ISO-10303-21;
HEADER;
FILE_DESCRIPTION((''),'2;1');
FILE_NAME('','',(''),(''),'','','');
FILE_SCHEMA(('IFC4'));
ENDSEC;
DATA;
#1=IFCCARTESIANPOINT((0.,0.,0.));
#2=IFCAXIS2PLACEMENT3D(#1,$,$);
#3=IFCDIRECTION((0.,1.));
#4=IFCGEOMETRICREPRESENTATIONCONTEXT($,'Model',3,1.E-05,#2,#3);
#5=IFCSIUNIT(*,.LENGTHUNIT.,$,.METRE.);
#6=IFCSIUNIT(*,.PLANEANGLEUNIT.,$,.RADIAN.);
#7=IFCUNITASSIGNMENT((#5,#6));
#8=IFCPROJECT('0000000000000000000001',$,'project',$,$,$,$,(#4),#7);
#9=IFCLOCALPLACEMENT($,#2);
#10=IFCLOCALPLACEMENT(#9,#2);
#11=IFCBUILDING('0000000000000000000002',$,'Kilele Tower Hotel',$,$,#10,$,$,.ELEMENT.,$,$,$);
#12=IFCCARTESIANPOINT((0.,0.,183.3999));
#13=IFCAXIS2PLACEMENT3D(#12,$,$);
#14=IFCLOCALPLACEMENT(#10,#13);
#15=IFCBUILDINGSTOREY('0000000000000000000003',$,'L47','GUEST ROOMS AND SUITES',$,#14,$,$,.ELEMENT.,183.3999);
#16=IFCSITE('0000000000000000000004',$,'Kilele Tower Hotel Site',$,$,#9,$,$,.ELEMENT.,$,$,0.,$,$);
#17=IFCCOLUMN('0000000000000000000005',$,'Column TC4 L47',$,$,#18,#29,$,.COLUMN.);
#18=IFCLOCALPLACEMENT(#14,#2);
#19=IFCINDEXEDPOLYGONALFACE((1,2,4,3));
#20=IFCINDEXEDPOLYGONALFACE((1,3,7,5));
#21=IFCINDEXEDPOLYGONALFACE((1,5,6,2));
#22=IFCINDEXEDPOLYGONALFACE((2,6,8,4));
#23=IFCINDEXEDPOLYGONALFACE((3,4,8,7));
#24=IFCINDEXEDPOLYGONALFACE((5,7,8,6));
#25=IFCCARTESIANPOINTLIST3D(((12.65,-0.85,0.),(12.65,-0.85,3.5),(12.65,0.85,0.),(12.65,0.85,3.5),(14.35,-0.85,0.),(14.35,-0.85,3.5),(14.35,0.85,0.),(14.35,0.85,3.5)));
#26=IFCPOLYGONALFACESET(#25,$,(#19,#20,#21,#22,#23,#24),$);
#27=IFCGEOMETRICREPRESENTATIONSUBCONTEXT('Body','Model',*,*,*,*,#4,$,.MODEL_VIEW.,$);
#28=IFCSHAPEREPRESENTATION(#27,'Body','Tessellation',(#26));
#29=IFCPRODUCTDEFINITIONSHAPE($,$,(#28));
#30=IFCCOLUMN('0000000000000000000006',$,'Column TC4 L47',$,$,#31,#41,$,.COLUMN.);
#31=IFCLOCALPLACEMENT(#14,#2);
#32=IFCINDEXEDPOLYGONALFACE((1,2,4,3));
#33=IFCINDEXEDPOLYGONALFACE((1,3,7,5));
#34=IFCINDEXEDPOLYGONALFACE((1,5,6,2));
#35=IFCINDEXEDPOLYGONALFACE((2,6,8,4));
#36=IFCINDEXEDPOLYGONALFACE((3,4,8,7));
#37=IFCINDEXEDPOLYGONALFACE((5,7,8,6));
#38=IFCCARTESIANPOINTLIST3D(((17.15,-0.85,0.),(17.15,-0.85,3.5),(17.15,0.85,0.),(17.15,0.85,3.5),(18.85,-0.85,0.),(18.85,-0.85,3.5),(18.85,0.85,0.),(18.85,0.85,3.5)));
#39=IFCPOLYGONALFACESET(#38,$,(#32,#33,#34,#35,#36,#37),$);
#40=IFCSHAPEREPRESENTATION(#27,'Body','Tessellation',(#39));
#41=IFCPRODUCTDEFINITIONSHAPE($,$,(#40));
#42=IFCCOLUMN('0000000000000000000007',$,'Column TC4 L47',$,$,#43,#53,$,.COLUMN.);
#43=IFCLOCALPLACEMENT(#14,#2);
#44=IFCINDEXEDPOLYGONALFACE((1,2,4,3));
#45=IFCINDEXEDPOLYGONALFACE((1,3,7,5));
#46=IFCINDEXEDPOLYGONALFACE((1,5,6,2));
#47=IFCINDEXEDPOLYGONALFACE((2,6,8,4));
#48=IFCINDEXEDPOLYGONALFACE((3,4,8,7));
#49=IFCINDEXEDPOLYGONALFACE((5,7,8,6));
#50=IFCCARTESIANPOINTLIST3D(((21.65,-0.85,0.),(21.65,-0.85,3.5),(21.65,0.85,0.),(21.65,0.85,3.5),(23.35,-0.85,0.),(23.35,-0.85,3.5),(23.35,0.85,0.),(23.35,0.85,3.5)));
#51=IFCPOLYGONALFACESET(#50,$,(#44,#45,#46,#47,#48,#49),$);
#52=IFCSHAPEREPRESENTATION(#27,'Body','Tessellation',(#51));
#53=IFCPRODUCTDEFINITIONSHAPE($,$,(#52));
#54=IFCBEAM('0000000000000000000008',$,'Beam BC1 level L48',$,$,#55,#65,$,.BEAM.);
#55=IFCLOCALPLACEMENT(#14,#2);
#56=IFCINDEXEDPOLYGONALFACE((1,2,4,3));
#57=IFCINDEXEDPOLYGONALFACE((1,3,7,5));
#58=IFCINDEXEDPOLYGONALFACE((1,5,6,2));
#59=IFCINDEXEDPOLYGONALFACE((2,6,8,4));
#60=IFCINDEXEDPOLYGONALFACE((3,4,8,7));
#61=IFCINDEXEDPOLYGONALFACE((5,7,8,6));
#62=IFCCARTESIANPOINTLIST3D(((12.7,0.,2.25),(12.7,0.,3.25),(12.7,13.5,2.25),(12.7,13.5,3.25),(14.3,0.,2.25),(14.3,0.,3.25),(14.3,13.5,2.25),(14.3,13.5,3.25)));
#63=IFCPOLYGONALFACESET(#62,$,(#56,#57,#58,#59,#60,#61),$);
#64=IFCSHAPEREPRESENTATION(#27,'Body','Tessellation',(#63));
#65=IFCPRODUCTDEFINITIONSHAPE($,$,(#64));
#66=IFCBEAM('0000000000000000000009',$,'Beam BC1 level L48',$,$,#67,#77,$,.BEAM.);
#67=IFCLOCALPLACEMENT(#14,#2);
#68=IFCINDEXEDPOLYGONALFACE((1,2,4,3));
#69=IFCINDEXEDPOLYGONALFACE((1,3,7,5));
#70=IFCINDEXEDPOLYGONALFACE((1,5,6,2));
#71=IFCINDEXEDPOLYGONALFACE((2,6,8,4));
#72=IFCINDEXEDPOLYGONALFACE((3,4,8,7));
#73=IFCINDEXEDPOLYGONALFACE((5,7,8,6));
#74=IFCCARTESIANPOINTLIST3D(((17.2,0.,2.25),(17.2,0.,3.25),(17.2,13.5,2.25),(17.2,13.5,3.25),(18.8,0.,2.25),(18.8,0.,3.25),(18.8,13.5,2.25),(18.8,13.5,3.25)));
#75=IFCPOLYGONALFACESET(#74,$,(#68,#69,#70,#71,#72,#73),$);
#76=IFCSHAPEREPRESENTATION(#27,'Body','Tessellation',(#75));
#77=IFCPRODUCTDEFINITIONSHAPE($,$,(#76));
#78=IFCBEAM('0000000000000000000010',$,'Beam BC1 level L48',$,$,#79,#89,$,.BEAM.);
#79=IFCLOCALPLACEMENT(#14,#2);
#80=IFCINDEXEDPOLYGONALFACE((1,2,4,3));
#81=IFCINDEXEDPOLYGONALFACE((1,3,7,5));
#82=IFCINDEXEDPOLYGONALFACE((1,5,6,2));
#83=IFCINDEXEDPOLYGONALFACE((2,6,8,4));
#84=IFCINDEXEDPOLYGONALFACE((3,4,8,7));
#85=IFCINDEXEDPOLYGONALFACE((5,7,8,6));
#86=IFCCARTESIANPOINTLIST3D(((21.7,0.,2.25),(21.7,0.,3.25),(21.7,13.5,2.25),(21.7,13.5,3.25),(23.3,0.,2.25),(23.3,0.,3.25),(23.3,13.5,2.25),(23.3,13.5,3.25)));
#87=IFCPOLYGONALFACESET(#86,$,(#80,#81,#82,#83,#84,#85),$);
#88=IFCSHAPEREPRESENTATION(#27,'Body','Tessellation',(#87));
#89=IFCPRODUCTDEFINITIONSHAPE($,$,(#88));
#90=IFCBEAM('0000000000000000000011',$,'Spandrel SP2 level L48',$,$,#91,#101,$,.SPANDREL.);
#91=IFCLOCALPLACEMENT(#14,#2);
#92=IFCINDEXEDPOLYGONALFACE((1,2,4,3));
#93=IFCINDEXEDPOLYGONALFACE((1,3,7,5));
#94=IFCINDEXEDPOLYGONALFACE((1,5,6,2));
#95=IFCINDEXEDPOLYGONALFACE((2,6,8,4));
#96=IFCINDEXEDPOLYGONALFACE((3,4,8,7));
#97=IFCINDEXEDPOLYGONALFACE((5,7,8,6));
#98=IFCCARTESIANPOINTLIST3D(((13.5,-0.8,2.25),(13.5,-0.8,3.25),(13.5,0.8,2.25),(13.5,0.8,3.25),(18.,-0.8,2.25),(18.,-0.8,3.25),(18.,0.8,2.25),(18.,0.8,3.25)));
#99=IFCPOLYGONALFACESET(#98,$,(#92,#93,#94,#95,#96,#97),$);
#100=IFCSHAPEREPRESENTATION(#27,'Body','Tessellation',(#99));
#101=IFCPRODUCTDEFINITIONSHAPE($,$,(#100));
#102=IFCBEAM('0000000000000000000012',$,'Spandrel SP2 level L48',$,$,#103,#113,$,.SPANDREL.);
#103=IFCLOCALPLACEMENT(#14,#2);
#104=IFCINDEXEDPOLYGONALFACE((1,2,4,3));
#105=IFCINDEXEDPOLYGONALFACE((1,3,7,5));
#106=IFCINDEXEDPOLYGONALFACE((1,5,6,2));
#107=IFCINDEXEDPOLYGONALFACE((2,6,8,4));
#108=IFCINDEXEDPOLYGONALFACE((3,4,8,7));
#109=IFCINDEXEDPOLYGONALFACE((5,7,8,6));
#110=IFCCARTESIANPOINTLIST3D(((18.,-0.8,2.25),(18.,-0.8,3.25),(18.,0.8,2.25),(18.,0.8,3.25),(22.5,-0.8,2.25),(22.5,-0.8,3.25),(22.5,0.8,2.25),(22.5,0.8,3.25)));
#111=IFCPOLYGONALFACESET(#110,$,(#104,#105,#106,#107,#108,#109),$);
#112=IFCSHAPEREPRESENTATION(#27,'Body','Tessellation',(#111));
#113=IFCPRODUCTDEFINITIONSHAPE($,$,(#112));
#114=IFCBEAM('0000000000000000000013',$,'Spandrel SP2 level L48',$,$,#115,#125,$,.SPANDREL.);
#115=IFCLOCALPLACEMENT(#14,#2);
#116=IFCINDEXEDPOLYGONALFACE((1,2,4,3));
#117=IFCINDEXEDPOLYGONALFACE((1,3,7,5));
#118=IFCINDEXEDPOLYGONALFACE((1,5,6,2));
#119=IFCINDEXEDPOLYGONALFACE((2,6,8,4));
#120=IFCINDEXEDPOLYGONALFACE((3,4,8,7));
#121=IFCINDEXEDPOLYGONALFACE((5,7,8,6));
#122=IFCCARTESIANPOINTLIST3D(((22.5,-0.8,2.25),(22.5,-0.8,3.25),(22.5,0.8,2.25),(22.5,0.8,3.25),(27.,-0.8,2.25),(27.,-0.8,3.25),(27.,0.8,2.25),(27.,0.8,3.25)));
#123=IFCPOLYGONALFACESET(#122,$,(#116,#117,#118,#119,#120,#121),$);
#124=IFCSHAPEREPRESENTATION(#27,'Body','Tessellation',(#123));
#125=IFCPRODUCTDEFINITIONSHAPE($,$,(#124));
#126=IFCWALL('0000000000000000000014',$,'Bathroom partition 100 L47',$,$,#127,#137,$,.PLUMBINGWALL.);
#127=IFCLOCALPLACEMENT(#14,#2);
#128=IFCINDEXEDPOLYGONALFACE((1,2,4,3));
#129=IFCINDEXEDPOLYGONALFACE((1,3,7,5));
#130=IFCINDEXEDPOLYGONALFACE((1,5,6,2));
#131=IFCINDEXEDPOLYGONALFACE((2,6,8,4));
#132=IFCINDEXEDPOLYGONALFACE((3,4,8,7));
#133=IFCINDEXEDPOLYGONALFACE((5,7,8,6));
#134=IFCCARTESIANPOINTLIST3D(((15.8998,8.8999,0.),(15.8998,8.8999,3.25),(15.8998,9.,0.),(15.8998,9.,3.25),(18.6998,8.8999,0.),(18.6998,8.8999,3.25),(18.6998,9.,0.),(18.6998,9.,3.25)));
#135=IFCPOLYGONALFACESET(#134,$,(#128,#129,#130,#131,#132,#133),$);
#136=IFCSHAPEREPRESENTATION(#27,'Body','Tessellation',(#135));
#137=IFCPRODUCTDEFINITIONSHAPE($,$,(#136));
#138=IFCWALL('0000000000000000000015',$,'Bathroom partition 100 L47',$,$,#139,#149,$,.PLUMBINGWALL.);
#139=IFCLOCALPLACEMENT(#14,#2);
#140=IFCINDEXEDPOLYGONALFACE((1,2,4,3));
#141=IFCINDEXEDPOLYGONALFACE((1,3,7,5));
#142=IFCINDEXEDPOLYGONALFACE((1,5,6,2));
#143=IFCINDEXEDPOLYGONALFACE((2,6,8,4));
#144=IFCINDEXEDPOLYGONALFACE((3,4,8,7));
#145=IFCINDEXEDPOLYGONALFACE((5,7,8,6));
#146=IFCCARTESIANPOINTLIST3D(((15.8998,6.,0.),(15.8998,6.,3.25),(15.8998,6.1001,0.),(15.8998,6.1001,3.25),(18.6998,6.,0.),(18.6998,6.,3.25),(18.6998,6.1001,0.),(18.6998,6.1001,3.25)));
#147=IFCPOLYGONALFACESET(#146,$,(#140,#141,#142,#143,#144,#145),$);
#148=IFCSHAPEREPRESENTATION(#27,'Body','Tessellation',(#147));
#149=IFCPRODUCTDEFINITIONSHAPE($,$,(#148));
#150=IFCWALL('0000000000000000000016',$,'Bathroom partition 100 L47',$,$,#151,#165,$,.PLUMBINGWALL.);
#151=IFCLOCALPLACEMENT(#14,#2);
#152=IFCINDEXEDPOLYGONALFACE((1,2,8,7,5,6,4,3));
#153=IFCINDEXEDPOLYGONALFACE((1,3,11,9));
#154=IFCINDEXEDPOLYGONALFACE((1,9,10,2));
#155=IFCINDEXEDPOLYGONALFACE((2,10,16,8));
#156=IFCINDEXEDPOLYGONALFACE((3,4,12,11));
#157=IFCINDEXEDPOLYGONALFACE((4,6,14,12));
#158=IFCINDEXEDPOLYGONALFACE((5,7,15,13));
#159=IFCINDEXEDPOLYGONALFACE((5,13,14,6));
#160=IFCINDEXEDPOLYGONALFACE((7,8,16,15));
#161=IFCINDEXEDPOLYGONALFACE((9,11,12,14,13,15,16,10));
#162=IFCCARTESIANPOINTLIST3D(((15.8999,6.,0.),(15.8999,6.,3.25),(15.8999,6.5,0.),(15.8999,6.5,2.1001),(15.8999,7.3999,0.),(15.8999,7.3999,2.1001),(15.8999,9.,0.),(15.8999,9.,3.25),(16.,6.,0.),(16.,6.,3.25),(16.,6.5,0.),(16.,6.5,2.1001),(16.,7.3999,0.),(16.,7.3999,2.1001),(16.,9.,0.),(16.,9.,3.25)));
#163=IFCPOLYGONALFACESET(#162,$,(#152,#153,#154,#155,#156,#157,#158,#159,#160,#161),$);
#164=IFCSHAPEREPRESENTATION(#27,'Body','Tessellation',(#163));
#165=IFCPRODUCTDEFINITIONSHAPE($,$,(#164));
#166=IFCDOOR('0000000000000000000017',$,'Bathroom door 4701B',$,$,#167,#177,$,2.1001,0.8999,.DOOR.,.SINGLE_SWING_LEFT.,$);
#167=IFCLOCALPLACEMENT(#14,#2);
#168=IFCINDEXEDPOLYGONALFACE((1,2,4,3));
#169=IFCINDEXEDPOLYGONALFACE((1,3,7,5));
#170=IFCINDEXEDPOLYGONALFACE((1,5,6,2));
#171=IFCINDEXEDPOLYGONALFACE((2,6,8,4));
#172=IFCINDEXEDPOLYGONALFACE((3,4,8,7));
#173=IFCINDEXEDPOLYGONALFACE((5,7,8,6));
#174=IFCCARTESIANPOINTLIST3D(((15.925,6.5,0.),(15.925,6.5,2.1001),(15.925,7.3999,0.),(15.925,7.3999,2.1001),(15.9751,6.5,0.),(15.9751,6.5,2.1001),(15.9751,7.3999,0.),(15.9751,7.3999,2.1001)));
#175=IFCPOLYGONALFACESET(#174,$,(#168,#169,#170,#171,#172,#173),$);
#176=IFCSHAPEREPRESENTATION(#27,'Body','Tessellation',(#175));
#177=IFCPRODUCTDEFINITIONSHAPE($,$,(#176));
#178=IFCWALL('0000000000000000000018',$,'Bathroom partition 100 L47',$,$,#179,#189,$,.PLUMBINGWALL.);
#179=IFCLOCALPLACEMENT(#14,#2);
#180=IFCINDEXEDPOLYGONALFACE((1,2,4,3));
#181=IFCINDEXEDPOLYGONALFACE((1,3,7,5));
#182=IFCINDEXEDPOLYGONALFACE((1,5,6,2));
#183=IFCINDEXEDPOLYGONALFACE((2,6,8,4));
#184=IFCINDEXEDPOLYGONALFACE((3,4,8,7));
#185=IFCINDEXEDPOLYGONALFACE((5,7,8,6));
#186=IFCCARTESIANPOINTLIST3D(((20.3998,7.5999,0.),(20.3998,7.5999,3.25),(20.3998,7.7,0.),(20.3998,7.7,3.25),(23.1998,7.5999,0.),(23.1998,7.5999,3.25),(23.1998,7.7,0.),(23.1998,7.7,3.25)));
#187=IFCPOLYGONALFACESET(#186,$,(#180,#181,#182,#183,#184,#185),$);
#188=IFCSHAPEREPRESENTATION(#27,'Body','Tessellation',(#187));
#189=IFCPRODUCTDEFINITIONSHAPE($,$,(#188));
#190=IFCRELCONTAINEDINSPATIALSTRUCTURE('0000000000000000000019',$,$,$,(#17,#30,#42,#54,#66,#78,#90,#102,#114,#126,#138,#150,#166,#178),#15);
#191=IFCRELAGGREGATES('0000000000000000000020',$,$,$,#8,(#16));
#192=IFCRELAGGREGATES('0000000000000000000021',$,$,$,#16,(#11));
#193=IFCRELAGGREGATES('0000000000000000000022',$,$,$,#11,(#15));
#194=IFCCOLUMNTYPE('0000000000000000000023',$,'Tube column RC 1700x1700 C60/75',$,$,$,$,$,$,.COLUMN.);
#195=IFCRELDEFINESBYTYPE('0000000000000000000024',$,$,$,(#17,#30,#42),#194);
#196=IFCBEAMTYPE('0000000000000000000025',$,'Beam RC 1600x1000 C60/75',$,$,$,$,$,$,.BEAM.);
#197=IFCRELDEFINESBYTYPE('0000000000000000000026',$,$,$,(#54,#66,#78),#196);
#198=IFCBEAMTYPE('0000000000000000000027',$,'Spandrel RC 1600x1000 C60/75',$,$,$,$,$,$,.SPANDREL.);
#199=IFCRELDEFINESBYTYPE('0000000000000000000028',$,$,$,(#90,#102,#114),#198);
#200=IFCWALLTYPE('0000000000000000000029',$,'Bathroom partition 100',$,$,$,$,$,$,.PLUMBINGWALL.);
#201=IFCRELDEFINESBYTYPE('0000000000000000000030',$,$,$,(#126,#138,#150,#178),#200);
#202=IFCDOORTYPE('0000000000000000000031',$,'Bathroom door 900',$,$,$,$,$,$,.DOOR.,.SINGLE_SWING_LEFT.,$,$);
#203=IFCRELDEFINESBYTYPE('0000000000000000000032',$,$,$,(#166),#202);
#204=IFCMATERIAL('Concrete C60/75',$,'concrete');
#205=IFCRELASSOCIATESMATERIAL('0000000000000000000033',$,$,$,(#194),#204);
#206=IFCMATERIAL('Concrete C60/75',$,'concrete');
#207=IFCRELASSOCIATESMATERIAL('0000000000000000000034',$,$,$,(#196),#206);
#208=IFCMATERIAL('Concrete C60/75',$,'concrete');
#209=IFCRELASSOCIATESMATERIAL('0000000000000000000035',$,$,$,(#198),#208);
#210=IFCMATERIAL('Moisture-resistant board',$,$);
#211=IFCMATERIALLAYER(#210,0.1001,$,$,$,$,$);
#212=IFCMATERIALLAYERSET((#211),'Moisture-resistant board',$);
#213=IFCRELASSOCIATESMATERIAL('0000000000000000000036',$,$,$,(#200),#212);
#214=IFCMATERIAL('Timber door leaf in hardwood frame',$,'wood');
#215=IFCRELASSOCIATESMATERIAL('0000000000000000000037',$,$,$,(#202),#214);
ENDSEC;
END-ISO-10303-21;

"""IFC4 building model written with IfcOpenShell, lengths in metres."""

from ifc_helpers import new_model, si_unit, direction, frame, frame_2d, origin, origin_2d, place, context, subcontext, project, spatial, rectangle, extrude, material, layer, layer_set, material_profile, profile_set, type_object, element, fill, save


model = new_model("IFC4")

# Units and contexts
model_context = context("Model", 3, precision=1e-05, world=origin(), true_north=direction((0.0, 1.0)))
body_context = subcontext(model_context, "Body", "Model", "MODEL_VIEW")
ifc_project = project(units=[si_unit("LENGTHUNIT", "METRE"), si_unit("PLANEANGLEUNIT", "RADIAN")], contexts=[model_context])

# Site, building, storey
site_placement = place(None, origin())
site = spatial("IfcSite", under=ifc_project, at=site_placement, Name="Kilele Tower Hotel Site", CompositionType="ELEMENT", RefElevation=0.0)
building_placement = place(site_placement, origin())
building = spatial("IfcBuilding", under=site, at=building_placement, Name="Kilele Tower Hotel", CompositionType="ELEMENT")
storey_placement = place(building_placement, frame((0.0, 0.0, 183.3999)))
storey = spatial("IfcBuildingStorey", under=building, at=storey_placement, Name="L47", Description="GUEST ROOMS AND SUITES", CompositionType="ELEMENT", Elevation=183.3999)

# Columns
ifc_material_1 = material(Name="Concrete C60/75", Category="concrete")
ifc_material_profile_1 = material_profile(ifc_material_1, rectangle(XDim=1.7, YDim=1.7, at=origin_2d()))
ifc_profile_set_1 = profile_set([ifc_material_profile_1], Name="Concrete C60/75")
column_type = type_object("IfcColumnType", Name="Tube column RC 1700x1700 C60/75", PredefinedType="COLUMN", material=ifc_profile_set_1)
for number, where, z_axis, x_axis, name in (
    (1, (13.5, 0.0, 0.0), (0.0, 0.0, 1.0), (1.0, 0.0, 0.0), "Column TC4 L47"),
    (2, (18.0, 0.0, 0.0), (0.0, 0.0, 1.0), (1.0, 0.0, 0.0), "Column TC4 L47"),
    (3, (22.5, 0.0, 0.0), (0.0, 0.0, 1.0), (1.0, 0.0, 0.0), "Column TC4 L47"),
):
    element("IfcColumn", number, at=place(storey_placement, frame(where, z_axis=z_axis, x_axis=x_axis)), inside=storey, type_object=column_type, Name=name, PredefinedType="COLUMN", context=body_context, shape_type="SweptSolid", body=[
        extrude(rectangle(XDim=1.7, YDim=1.7, at=origin_2d()), origin(), (0.0, 0.0, 1.0), 3.5),
    ])

# Beams
ifc_material_2 = material(Name="Concrete C60/75", Category="concrete")
ifc_material_profile_2 = material_profile(ifc_material_2, rectangle(XDim=1.6001, YDim=1.0, at=origin_2d()))
ifc_profile_set_2 = profile_set([ifc_material_profile_2], Name="Concrete C60/75")
beam_type_1 = type_object("IfcBeamType", Name="Beam RC 1600x1000 C60/75", PredefinedType="BEAM", material=ifc_profile_set_2)
for number, where, z_axis, x_axis, name in (
    (4, (13.5, 0.0, 2.75), (0.0, 1.0, 0.0), (-1.0, 0.0, 0.0), "Beam BC1 level L48"),
    (5, (18.0, 0.0, 2.75), (0.0, 1.0, 0.0), (-1.0, 0.0, 0.0), "Beam BC1 level L48"),
    (6, (22.5, 0.0, 2.75), (0.0, 1.0, 0.0), (-1.0, 0.0, 0.0), "Beam BC1 level L48"),
):
    element("IfcBeam", number, at=place(storey_placement, frame(where, z_axis=z_axis, x_axis=x_axis)), inside=storey, type_object=beam_type_1, Name=name, PredefinedType="BEAM", context=body_context, shape_type="SweptSolid", body=[
        extrude(rectangle(XDim=1.6001, YDim=1.0, at=origin_2d()), origin(), (0.0, 0.0, 1.0), 13.5),
    ])
ifc_material_3 = material(Name="Concrete C60/75", Category="concrete")
ifc_material_profile_3 = material_profile(ifc_material_3, rectangle(XDim=1.6001, YDim=1.0, at=origin_2d()))
ifc_profile_set_3 = profile_set([ifc_material_profile_3], Name="Concrete C60/75")
beam_type_2 = type_object("IfcBeamType", Name="Spandrel RC 1600x1000 C60/75", PredefinedType="SPANDREL", material=ifc_profile_set_3)
for number, where, z_axis, x_axis, name in (
    (7, (13.5, 0.0, 2.75), (1.0, 0.0, 0.0), (0.0, 1.0, 0.0), "Spandrel SP2 level L48"),
    (8, (18.0, 0.0, 2.75), (1.0, 0.0, 0.0), (0.0, 1.0, 0.0), "Spandrel SP2 level L48"),
    (9, (22.5, 0.0, 2.75), (1.0, 0.0, 0.0), (0.0, 1.0, 0.0), "Spandrel SP2 level L48"),
):
    element("IfcBeam", number, at=place(storey_placement, frame(where, z_axis=z_axis, x_axis=x_axis)), inside=storey, type_object=beam_type_2, Name=name, PredefinedType="SPANDREL", context=body_context, shape_type="SweptSolid", body=[
        extrude(rectangle(XDim=1.6001, YDim=1.0, at=origin_2d()), origin(), (0.0, 0.0, 1.0), 4.5),
    ])

# Walls
ifc_material_4 = material(Name="Moisture-resistant board")
ifc_layer_1 = layer(ifc_material_4, 0.1001)
ifc_layer_set_1 = layer_set([ifc_layer_1], Name="Moisture-resistant board")
wall_type_1 = type_object("IfcWallType", Name="Bathroom partition 100", PredefinedType="PLUMBINGWALL", material=ifc_layer_set_1)
for number, where, z_axis, x_axis, name in (
    (10, (15.8999, 8.95, 0.0), (0.0, 0.0, 1.0), (1.0, 0.0, 0.0), "Bathroom partition 100 L47"),
    (11, (15.8999, 6.05, 0.0), (0.0, 0.0, 1.0), (1.0, 0.0, 0.0), "Bathroom partition 100 L47"),
):
    element("IfcWall", number, at=place(storey_placement, frame(where, z_axis=z_axis, x_axis=x_axis)), inside=storey, type_object=wall_type_1, Name=name, PredefinedType="PLUMBINGWALL", context=body_context, shape_type="SweptSolid", body=[
        extrude(rectangle(XDim=2.8, YDim=0.1001, at=frame_2d((1.3999, 0.0))), origin(), (0.0, 0.0, 1.0), 3.25),
    ])

# Wall, opening, door
wall_1_placement = place(storey_placement, frame((15.95, 9.0, 0.0), z_axis=(0.0, 0.0, 1.0), x_axis=(0.0, -1.0, 0.0)))
wall_1 = element("IfcWall", 12, at=wall_1_placement, inside=storey, type_object=wall_type_1, Name="Bathroom partition 100 L47", PredefinedType="PLUMBINGWALL", context=body_context, shape_type="SweptSolid", body=[
    extrude(rectangle(XDim=3.0, YDim=0.1001, at=frame_2d((1.5, 0.0))), origin(), (0.0, 0.0, 1.0), 3.25),
])
opening_1_placement = place(wall_1_placement, frame((2.5, 0.0, 0.0), z_axis=(0.0, 0.0, 1.0), x_axis=(-1.0, 0.0, 0.0)))
opening_1 = element("IfcOpeningElement", 13, at=opening_1_placement, cuts=wall_1, PredefinedType="OPENING", context=body_context, shape_type="SweptSolid", body=[
    extrude(rectangle(XDim=0.8999, YDim=2.1001, at=frame_2d((0.45, 1.05))), frame((0.0, 0.0601, 0.0), z_axis=(0.0, -1.0, 0.0), x_axis=(1.0, 0.0, 0.0)), (0.0, 0.0, 1.0), 0.1201),
])
ifc_material_5 = material(Name="Timber door leaf in hardwood frame", Category="wood")
door_type_1 = type_object("IfcDoorType", Name="Bathroom door 900", OperationType="SINGLE_SWING_LEFT", PredefinedType="DOOR", material=ifc_material_5)
door_1_placement = place(opening_1_placement, origin())
door_1 = element("IfcDoor", 14, at=door_1_placement, inside=storey, type_object=door_type_1, Name="Bathroom door 4701B", OperationType="SINGLE_SWING_LEFT", OverallHeight=2.1001, OverallWidth=0.8999, PredefinedType="DOOR", context=body_context, shape_type="SweptSolid", body=[
    extrude(rectangle(XDim=0.8999, YDim=2.1001, at=frame_2d((0.45, 1.05))), frame((0.0, 0.0249, 0.0), z_axis=(0.0, -1.0, 0.0), x_axis=(1.0, 0.0, 0.0)), (0.0, 0.0, 1.0), 0.05),
])
fill(opening_1, door_1)

# Wall
wall_2_placement = place(storey_placement, frame((20.3999, 7.6499, 0.0), z_axis=(0.0, 0.0, 1.0), x_axis=(1.0, 0.0, 0.0)))
element("IfcWall", 15, at=wall_2_placement, inside=storey, type_object=wall_type_1, Name="Bathroom partition 100 L47", PredefinedType="PLUMBINGWALL", context=body_context, shape_type="SweptSolid", body=[
    extrude(rectangle(XDim=2.8, YDim=0.1001, at=frame_2d((1.3999, 0.0))), origin(), (0.0, 0.0, 1.0), 3.25),
])

save(model, "model.ifc")
